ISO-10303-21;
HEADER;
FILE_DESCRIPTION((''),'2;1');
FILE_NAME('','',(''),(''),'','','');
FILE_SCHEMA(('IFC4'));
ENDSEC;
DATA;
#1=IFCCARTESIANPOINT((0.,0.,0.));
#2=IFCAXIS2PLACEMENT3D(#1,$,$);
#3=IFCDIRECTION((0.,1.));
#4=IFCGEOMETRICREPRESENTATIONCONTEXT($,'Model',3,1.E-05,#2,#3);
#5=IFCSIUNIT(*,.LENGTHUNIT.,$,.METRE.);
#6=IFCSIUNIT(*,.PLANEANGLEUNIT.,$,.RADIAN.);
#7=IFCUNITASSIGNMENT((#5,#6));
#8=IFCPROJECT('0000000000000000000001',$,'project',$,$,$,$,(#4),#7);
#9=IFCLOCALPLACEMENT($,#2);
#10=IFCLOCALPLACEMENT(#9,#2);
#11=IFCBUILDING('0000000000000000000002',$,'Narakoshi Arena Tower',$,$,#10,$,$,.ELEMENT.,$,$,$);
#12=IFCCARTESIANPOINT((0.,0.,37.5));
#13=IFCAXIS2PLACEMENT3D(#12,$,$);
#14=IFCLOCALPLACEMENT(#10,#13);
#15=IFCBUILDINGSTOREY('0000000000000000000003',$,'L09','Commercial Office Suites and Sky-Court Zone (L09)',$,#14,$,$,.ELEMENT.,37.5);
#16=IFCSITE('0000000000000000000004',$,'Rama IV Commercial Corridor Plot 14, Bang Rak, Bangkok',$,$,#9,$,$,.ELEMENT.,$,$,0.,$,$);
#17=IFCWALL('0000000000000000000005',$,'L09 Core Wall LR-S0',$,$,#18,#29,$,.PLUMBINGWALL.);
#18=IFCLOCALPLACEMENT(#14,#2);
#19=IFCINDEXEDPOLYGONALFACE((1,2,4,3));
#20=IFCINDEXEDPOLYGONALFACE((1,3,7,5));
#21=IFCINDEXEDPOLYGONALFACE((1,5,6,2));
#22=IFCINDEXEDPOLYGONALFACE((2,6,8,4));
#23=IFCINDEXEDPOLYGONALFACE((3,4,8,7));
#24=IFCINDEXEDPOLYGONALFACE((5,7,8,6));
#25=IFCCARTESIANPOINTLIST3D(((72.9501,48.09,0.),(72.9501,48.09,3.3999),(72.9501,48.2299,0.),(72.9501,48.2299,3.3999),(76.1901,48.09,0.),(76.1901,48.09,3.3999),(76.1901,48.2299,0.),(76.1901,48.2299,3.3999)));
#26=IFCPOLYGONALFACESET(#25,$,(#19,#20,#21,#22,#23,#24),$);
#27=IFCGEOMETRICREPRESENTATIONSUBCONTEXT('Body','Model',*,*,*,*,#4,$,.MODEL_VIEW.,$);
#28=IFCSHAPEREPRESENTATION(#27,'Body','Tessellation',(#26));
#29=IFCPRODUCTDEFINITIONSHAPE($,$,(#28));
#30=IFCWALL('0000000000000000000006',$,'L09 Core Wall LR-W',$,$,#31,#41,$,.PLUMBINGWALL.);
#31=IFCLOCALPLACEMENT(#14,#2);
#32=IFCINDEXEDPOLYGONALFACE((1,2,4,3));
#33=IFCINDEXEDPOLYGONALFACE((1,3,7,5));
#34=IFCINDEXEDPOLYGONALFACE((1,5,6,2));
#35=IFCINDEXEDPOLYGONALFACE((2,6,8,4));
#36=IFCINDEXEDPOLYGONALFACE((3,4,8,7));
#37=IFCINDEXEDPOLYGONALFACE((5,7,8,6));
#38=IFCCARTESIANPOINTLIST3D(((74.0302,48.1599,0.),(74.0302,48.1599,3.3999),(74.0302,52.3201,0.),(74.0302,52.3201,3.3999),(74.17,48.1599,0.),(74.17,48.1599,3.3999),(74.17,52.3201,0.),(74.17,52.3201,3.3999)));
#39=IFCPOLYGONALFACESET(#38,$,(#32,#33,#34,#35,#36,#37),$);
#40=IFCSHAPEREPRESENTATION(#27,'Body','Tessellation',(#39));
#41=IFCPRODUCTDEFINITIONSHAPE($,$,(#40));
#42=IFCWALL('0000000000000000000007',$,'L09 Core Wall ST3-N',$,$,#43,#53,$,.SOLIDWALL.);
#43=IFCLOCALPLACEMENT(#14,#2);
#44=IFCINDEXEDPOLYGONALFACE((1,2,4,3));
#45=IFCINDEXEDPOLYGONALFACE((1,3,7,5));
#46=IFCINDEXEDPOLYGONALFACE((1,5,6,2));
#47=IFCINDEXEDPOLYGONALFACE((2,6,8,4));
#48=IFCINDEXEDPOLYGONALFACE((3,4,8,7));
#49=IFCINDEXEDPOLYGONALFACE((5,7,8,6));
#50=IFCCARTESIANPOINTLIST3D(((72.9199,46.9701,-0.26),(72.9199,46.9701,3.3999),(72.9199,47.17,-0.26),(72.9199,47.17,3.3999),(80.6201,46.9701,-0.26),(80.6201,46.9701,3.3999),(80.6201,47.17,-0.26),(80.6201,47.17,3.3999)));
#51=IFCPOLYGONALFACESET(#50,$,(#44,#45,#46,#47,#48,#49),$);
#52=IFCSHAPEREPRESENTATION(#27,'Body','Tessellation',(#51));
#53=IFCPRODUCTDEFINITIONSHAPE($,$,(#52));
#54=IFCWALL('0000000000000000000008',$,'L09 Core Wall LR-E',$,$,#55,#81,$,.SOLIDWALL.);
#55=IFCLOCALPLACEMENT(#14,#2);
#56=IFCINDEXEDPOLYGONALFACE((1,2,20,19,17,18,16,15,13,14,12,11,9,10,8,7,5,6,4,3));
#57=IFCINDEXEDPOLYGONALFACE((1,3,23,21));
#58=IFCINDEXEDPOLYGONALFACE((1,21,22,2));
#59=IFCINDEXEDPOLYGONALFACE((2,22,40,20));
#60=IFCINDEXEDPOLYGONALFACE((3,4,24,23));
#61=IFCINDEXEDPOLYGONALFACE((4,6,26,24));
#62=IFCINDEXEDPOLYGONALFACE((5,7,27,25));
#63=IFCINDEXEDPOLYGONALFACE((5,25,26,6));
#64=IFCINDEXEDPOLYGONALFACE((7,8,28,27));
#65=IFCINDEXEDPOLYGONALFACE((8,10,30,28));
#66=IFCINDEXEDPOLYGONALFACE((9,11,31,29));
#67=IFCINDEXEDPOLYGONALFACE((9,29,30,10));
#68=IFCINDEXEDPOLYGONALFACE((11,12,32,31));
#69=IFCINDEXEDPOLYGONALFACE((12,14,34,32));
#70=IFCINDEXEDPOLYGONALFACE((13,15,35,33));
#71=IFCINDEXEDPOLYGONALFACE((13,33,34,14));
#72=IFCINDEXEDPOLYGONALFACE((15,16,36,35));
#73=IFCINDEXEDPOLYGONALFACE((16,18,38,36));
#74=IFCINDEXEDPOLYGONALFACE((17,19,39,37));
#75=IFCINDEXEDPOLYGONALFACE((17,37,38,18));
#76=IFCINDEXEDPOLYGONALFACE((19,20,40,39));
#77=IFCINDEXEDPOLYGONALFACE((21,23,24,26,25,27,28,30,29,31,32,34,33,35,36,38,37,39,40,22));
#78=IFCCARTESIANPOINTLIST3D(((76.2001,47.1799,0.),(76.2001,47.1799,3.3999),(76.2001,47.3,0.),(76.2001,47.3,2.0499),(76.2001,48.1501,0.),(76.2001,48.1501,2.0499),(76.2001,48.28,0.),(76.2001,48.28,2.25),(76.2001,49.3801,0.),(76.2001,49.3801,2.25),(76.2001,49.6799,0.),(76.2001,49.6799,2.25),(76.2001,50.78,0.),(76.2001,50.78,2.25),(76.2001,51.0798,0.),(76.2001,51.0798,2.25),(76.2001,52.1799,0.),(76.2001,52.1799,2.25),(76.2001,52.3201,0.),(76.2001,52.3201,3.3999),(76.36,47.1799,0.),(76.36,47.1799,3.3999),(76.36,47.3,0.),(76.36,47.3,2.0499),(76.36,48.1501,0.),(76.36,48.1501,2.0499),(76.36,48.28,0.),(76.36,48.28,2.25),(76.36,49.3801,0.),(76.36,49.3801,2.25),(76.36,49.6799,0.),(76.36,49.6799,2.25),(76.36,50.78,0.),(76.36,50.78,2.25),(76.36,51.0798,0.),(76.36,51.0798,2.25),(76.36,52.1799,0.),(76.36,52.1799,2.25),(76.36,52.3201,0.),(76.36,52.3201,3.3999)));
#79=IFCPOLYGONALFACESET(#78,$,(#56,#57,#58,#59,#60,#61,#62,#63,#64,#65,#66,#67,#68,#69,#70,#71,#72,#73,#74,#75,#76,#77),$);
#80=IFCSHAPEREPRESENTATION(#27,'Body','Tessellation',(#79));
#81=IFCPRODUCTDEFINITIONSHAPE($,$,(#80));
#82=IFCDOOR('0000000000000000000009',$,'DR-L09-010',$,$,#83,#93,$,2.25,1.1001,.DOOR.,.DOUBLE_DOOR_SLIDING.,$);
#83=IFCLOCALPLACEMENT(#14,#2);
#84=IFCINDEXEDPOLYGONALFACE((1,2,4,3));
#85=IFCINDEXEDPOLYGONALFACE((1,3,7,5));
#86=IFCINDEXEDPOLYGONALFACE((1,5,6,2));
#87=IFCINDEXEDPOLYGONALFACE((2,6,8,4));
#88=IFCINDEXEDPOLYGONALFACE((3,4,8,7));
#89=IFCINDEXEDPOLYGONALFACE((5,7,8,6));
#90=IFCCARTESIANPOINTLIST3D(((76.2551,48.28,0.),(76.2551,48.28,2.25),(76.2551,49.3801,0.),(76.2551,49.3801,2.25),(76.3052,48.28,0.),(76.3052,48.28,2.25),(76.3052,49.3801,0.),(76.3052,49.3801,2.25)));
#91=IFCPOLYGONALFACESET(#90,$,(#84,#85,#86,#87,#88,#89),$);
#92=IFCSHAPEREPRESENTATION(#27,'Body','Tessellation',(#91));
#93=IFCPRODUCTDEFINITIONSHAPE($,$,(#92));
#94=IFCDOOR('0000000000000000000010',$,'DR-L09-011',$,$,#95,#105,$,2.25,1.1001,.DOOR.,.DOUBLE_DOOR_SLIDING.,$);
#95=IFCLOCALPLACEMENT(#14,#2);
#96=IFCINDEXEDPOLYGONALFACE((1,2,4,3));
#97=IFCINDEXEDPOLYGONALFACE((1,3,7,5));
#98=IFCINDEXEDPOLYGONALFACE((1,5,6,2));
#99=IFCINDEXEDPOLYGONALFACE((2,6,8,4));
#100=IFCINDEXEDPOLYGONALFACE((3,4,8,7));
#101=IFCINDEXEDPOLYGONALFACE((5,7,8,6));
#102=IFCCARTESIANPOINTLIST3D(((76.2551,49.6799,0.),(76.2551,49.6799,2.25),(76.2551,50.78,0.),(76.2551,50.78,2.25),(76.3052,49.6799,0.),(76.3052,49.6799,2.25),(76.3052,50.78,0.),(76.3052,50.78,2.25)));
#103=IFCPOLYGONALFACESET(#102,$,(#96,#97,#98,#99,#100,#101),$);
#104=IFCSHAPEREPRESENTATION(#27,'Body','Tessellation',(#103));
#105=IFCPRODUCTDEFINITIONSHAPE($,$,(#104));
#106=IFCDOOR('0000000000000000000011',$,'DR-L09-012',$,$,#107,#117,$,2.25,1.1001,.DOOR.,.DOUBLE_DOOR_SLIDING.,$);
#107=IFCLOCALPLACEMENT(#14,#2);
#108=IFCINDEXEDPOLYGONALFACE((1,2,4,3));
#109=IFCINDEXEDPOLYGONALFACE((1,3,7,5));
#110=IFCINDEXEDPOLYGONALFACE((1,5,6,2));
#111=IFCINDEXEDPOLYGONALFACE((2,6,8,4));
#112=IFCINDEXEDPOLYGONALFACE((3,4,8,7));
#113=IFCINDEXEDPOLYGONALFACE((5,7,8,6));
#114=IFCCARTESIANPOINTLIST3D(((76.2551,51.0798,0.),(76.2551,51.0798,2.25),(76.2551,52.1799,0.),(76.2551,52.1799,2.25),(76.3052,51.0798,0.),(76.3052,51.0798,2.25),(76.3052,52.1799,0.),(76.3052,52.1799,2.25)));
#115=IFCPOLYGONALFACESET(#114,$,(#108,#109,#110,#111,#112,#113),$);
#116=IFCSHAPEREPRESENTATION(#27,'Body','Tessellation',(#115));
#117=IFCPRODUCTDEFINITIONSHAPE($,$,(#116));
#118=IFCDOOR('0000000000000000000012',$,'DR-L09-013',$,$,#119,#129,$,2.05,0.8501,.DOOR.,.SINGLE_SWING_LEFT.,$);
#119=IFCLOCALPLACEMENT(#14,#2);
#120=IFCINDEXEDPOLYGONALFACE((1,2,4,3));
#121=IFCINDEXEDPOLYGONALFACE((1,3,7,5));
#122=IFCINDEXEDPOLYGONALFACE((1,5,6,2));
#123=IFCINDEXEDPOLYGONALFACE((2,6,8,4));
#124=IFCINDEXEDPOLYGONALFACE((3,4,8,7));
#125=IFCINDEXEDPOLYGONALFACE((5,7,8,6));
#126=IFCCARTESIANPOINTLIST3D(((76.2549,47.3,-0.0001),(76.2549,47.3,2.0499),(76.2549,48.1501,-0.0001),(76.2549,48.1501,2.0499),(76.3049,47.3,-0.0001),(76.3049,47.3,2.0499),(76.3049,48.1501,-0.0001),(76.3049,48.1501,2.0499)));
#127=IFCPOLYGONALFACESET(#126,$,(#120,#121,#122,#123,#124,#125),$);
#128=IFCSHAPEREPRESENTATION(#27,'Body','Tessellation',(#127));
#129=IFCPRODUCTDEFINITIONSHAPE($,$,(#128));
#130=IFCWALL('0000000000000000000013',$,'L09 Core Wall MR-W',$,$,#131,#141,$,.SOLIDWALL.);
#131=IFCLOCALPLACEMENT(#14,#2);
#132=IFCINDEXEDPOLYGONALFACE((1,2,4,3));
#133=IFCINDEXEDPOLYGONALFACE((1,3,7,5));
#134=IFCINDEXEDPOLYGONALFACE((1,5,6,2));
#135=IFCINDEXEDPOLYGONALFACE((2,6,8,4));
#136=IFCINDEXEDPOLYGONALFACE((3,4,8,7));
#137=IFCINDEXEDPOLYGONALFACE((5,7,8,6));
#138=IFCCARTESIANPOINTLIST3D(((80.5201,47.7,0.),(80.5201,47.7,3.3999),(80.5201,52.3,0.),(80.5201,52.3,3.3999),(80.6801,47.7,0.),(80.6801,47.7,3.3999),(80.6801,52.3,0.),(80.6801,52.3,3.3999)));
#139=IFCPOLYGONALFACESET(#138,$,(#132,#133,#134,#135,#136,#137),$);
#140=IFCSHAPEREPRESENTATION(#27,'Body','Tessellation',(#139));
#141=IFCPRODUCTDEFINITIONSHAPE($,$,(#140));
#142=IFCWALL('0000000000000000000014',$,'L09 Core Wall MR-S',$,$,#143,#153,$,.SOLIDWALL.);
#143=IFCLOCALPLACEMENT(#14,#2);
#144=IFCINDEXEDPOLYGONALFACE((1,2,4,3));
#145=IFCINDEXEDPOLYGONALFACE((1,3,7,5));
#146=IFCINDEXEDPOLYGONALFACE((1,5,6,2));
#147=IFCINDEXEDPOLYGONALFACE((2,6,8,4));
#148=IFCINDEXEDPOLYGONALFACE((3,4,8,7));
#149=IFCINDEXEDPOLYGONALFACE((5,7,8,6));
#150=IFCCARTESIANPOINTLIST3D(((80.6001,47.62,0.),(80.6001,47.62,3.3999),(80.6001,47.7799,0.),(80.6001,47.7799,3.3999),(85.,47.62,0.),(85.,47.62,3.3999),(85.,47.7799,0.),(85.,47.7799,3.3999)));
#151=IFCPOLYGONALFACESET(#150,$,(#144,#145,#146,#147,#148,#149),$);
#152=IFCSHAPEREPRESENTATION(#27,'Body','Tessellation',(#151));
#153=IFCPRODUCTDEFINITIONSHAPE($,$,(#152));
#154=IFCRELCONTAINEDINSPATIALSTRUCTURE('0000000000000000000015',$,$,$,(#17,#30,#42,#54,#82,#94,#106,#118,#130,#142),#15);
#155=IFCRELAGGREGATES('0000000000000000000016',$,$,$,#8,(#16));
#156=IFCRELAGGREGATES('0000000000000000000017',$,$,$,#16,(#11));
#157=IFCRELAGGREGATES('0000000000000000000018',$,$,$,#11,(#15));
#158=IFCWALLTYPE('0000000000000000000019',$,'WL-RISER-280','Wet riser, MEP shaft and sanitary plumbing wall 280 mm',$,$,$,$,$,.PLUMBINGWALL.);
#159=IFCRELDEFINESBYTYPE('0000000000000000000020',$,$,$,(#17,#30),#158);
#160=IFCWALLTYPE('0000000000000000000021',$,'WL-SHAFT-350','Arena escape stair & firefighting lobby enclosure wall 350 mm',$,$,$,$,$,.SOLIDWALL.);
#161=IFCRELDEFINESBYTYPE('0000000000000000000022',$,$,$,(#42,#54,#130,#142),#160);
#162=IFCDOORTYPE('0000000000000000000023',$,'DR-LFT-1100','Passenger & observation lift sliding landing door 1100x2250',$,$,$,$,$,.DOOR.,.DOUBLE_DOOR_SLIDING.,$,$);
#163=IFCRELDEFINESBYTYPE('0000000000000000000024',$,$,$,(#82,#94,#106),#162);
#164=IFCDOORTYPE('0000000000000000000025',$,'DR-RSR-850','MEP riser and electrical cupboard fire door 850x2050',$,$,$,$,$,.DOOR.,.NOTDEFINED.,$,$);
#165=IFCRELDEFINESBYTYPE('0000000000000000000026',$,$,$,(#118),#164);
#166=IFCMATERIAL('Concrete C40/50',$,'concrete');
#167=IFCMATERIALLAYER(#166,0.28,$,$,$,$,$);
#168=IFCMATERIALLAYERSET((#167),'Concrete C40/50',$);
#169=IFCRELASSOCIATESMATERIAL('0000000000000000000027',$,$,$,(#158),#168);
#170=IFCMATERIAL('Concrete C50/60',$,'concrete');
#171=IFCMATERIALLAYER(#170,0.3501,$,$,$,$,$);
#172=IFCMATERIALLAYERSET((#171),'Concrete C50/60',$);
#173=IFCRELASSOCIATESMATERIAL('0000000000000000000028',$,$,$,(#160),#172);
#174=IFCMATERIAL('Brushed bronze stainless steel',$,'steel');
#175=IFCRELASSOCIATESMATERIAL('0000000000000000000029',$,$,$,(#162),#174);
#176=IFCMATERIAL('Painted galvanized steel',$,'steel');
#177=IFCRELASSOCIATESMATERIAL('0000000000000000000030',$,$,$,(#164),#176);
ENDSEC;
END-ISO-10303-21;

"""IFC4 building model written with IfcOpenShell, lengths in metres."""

from ifc_helpers import new_model, si_unit, direction, frame, frame_2d, origin, place, context, subcontext, project, spatial, rectangle, extrude, material, layer, layer_set, type_object, element, fill, save


model = new_model("IFC4")

# Units and contexts
model_context = context("Model", 3, precision=1e-05, world=origin(), true_north=direction((0.0, 1.0)))
body_context = subcontext(model_context, "Body", "Model", "MODEL_VIEW")
ifc_project = project(units=[si_unit("LENGTHUNIT", "METRE"), si_unit("PLANEANGLEUNIT", "RADIAN")], contexts=[model_context])

# Site, building, storey
site_placement = place(None, origin())
site = spatial("IfcSite", under=ifc_project, at=site_placement, Name="Rama IV Commercial Corridor Plot 14, Bang Rak, Bangkok", CompositionType="ELEMENT", RefElevation=0.0)
building_placement = place(site_placement, origin())
building = spatial("IfcBuilding", under=site, at=building_placement, Name="Narakoshi Arena Tower", CompositionType="ELEMENT")
storey_placement = place(building_placement, frame((0.0, 0.0, 37.5)))
storey = spatial("IfcBuildingStorey", under=building, at=storey_placement, Name="L09", Description="Commercial Office Suites and Sky-Court Zone (L09)", CompositionType="ELEMENT", Elevation=37.5)

# Walls
ifc_material_1 = material(Name="Concrete C40/50", Category="concrete")
ifc_layer_1 = layer(ifc_material_1, 0.28)
ifc_layer_set_1 = layer_set([ifc_layer_1], Name="Concrete C40/50")
wall_type_1 = type_object("IfcWallType", Name="WL-RISER-280", Description="Wet riser, MEP shaft and sanitary plumbing wall 280 mm", PredefinedType="PLUMBINGWALL", material=ifc_layer_set_1)
wall_1_placement = place(storey_placement, frame((72.95, 48.1599, 0.0), z_axis=(0.0, 0.0, 1.0), x_axis=(1.0, 0.0, 0.0)))
element("IfcWall", 1, at=wall_1_placement, inside=storey, type_object=wall_type_1, Name="L09 Core Wall LR-S0", PredefinedType="PLUMBINGWALL", context=body_context, shape_type="SweptSolid", body=[
    extrude(rectangle(XDim=3.24, YDim=0.1399, at=frame_2d((1.6201, 0.0))), origin(), (0.0, 0.0, 1.0), 3.3999),
])
wall_2_placement = place(storey_placement, frame((74.1001, 48.1599, 0.0), z_axis=(0.0, 0.0, 1.0), x_axis=(0.0, 1.0, 0.0)))
element("IfcWall", 2, at=wall_2_placement, inside=storey, type_object=wall_type_1, Name="L09 Core Wall LR-W", PredefinedType="PLUMBINGWALL", context=body_context, shape_type="SweptSolid", body=[
    extrude(rectangle(XDim=4.1602, YDim=0.1399, at=frame_2d((2.0801, 0.0))), origin(), (0.0, 0.0, 1.0), 3.3999),
])
ifc_material_2 = material(Name="Concrete C50/60", Category="concrete")
ifc_layer_2 = layer(ifc_material_2, 0.3501)
ifc_layer_set_2 = layer_set([ifc_layer_2], Name="Concrete C50/60")
wall_type_2 = type_object("IfcWallType", Name="WL-SHAFT-350", Description="Arena escape stair & firefighting lobby enclosure wall 350 mm", PredefinedType="SOLIDWALL", material=ifc_layer_set_2)
wall_3_placement = place(storey_placement, frame((72.9199, 47.0701, -0.26), z_axis=(0.0, 0.0, 1.0), x_axis=(1.0, 0.0, 0.0)))
element("IfcWall", 3, at=wall_3_placement, inside=storey, type_object=wall_type_2, Name="L09 Core Wall ST3-N", PredefinedType="SOLIDWALL", context=body_context, shape_type="SweptSolid", body=[
    extrude(rectangle(XDim=7.7002, YDim=0.2, at=frame_2d((3.8501, 0.0))), origin(), (0.0, 0.0, 1.0), 3.6599),
])

# Wall, openings, doors
wall_4_placement = place(storey_placement, frame((76.28, 47.1799, 0.0), z_axis=(0.0, 0.0, 1.0), x_axis=(0.0, 1.0, 0.0)))
wall_4 = element("IfcWall", 4, at=wall_4_placement, inside=storey, type_object=wall_type_2, Name="L09 Core Wall LR-E", PredefinedType="SOLIDWALL", context=body_context, shape_type="SweptSolid", body=[
    extrude(rectangle(XDim=5.1401, YDim=0.1599, at=frame_2d((2.5701, 0.0))), origin(), (0.0, 0.0, 1.0), 3.3999),
])
opening_1_placement = place(wall_4_placement, frame((1.1001, 0.0, 0.0)))
opening_1 = element("IfcOpeningElement", 5, at=opening_1_placement, cuts=wall_4, PredefinedType="OPENING", context=body_context, shape_type="SweptSolid", body=[
    extrude(rectangle(XDim=1.1001, YDim=2.25, at=frame_2d((0.55, 1.125))), frame((0.0, 0.0898, 0.0), z_axis=(0.0, -1.0, 0.0), x_axis=(1.0, 0.0, 0.0)), (0.0, 0.0, 1.0), 0.1799),
])
opening_2_placement = place(wall_4_placement, frame((2.5, 0.0, 0.0)))
opening_2 = element("IfcOpeningElement", 6, at=opening_2_placement, cuts=wall_4, PredefinedType="OPENING", context=body_context, shape_type="SweptSolid", body=[
    extrude(rectangle(XDim=1.1001, YDim=2.25, at=frame_2d((0.55, 1.125))), frame((0.0, 0.0898, 0.0), z_axis=(0.0, -1.0, 0.0), x_axis=(1.0, 0.0, 0.0)), (0.0, 0.0, 1.0), 0.1799),
])
opening_3_placement = place(wall_4_placement, frame((3.8999, 0.0, 0.0)))
opening_3 = element("IfcOpeningElement", 7, at=opening_3_placement, cuts=wall_4, PredefinedType="OPENING", context=body_context, shape_type="SweptSolid", body=[
    extrude(rectangle(XDim=1.1001, YDim=2.25, at=frame_2d((0.55, 1.125))), frame((0.0, 0.0898, 0.0), z_axis=(0.0, -1.0, 0.0), x_axis=(1.0, 0.0, 0.0)), (0.0, 0.0, 1.0), 0.1799),
])
opening_4_placement = place(wall_4_placement, frame((0.1201, 0.0, 0.0)))
opening_4 = element("IfcOpeningElement", 8, at=opening_4_placement, cuts=wall_4, PredefinedType="OPENING", context=body_context, shape_type="SweptSolid", body=[
    extrude(rectangle(XDim=0.8501, YDim=2.05, at=frame_2d((0.425, 1.0249))), frame((0.0, 0.0898, 0.0), z_axis=(0.0, -1.0, 0.0), x_axis=(1.0, 0.0, 0.0)), (0.0, 0.0, 1.0), 0.1799),
])
ifc_material_3 = material(Name="Brushed bronze stainless steel", Category="steel")
door_type_1 = type_object("IfcDoorType", Name="DR-LFT-1100", Description="Passenger & observation lift sliding landing door 1100x2250", OperationType="DOUBLE_DOOR_SLIDING", PredefinedType="DOOR", material=ifc_material_3)
door_1_placement = place(opening_1_placement, origin())
door_1 = element("IfcDoor", 9, at=door_1_placement, inside=storey, type_object=door_type_1, Name="DR-L09-010", OperationType="DOUBLE_DOOR_SLIDING", OverallHeight=2.25, OverallWidth=1.1001, PredefinedType="DOOR", context=body_context, shape_type="SweptSolid", body=[
    extrude(rectangle(XDim=1.1001, YDim=2.25, at=frame_2d((0.55, 1.125))), frame((0.0, 0.0249, 0.0), z_axis=(0.0, -1.0, 0.0), x_axis=(1.0, 0.0, 0.0)), (0.0, 0.0, 1.0), 0.05),
])
fill(opening_1, door_1)
door_2_placement = place(opening_2_placement, origin())
door_2 = element("IfcDoor", 10, at=door_2_placement, inside=storey, type_object=door_type_1, Name="DR-L09-011", OperationType="DOUBLE_DOOR_SLIDING", OverallHeight=2.25, OverallWidth=1.1001, PredefinedType="DOOR", context=body_context, shape_type="SweptSolid", body=[
    extrude(rectangle(XDim=1.1001, YDim=2.25, at=frame_2d((0.55, 1.125))), frame((0.0, 0.0249, 0.0), z_axis=(0.0, -1.0, 0.0), x_axis=(1.0, 0.0, 0.0)), (0.0, 0.0, 1.0), 0.05),
])
fill(opening_2, door_2)
door_3_placement = place(opening_3_placement, origin())
door_3 = element("IfcDoor", 11, at=door_3_placement, inside=storey, type_object=door_type_1, Name="DR-L09-012", OperationType="DOUBLE_DOOR_SLIDING", OverallHeight=2.25, OverallWidth=1.1001, PredefinedType="DOOR", context=body_context, shape_type="SweptSolid", body=[
    extrude(rectangle(XDim=1.1001, YDim=2.25, at=frame_2d((0.55, 1.125))), frame((0.0, 0.0249, 0.0), z_axis=(0.0, -1.0, 0.0), x_axis=(1.0, 0.0, 0.0)), (0.0, 0.0, 1.0), 0.05),
])
fill(opening_3, door_3)
ifc_material_4 = material(Name="Painted galvanized steel", Category="steel")
door_type_2 = type_object("IfcDoorType", Name="DR-RSR-850", Description="MEP riser and electrical cupboard fire door 850x2050", OperationType="NOTDEFINED", PredefinedType="DOOR", material=ifc_material_4)
door_4_placement = place(opening_4_placement, frame((0.8501, 0.0, 0.0), z_axis=(0.0, 0.0, 1.0), x_axis=(-1.0, 0.0, 0.0)))
door_4 = element("IfcDoor", 12, at=door_4_placement, inside=storey, type_object=door_type_2, Name="DR-L09-013", OperationType="SINGLE_SWING_LEFT", OverallHeight=2.05, OverallWidth=0.8501, PredefinedType="DOOR", context=body_context, shape_type="SweptSolid", body=[
    extrude(rectangle(XDim=0.8501, YDim=2.05, at=frame_2d((0.425, 1.0249))), frame((0.0, 0.0249, 0.0), z_axis=(0.0, -1.0, 0.0), x_axis=(1.0, 0.0, 0.0)), (0.0, 0.0, 1.0), 0.05),
])
fill(opening_4, door_4)

# Walls
wall_5_placement = place(storey_placement, frame((80.6001, 47.7, 0.0), z_axis=(0.0, 0.0, 1.0), x_axis=(0.0, 1.0, 0.0)))
element("IfcWall", 13, at=wall_5_placement, inside=storey, type_object=wall_type_2, Name="L09 Core Wall MR-W", PredefinedType="SOLIDWALL", context=body_context, shape_type="SweptSolid", body=[
    extrude(rectangle(XDim=4.6001, YDim=0.1599, at=frame_2d((2.3, 0.0))), origin(), (0.0, 0.0, 1.0), 3.3999),
])
wall_6_placement = place(storey_placement, frame((80.6001, 47.7, 0.0), z_axis=(0.0, 0.0, 1.0), x_axis=(1.0, 0.0, 0.0)))
element("IfcWall", 14, at=wall_6_placement, inside=storey, type_object=wall_type_2, Name="L09 Core Wall MR-S", PredefinedType="SOLIDWALL", context=body_context, shape_type="SweptSolid", body=[
    extrude(rectangle(XDim=4.3999, YDim=0.1599, at=frame_2d((2.2, 0.0))), origin(), (0.0, 0.0, 1.0), 3.3999),
])

save(model, "model.ifc")
